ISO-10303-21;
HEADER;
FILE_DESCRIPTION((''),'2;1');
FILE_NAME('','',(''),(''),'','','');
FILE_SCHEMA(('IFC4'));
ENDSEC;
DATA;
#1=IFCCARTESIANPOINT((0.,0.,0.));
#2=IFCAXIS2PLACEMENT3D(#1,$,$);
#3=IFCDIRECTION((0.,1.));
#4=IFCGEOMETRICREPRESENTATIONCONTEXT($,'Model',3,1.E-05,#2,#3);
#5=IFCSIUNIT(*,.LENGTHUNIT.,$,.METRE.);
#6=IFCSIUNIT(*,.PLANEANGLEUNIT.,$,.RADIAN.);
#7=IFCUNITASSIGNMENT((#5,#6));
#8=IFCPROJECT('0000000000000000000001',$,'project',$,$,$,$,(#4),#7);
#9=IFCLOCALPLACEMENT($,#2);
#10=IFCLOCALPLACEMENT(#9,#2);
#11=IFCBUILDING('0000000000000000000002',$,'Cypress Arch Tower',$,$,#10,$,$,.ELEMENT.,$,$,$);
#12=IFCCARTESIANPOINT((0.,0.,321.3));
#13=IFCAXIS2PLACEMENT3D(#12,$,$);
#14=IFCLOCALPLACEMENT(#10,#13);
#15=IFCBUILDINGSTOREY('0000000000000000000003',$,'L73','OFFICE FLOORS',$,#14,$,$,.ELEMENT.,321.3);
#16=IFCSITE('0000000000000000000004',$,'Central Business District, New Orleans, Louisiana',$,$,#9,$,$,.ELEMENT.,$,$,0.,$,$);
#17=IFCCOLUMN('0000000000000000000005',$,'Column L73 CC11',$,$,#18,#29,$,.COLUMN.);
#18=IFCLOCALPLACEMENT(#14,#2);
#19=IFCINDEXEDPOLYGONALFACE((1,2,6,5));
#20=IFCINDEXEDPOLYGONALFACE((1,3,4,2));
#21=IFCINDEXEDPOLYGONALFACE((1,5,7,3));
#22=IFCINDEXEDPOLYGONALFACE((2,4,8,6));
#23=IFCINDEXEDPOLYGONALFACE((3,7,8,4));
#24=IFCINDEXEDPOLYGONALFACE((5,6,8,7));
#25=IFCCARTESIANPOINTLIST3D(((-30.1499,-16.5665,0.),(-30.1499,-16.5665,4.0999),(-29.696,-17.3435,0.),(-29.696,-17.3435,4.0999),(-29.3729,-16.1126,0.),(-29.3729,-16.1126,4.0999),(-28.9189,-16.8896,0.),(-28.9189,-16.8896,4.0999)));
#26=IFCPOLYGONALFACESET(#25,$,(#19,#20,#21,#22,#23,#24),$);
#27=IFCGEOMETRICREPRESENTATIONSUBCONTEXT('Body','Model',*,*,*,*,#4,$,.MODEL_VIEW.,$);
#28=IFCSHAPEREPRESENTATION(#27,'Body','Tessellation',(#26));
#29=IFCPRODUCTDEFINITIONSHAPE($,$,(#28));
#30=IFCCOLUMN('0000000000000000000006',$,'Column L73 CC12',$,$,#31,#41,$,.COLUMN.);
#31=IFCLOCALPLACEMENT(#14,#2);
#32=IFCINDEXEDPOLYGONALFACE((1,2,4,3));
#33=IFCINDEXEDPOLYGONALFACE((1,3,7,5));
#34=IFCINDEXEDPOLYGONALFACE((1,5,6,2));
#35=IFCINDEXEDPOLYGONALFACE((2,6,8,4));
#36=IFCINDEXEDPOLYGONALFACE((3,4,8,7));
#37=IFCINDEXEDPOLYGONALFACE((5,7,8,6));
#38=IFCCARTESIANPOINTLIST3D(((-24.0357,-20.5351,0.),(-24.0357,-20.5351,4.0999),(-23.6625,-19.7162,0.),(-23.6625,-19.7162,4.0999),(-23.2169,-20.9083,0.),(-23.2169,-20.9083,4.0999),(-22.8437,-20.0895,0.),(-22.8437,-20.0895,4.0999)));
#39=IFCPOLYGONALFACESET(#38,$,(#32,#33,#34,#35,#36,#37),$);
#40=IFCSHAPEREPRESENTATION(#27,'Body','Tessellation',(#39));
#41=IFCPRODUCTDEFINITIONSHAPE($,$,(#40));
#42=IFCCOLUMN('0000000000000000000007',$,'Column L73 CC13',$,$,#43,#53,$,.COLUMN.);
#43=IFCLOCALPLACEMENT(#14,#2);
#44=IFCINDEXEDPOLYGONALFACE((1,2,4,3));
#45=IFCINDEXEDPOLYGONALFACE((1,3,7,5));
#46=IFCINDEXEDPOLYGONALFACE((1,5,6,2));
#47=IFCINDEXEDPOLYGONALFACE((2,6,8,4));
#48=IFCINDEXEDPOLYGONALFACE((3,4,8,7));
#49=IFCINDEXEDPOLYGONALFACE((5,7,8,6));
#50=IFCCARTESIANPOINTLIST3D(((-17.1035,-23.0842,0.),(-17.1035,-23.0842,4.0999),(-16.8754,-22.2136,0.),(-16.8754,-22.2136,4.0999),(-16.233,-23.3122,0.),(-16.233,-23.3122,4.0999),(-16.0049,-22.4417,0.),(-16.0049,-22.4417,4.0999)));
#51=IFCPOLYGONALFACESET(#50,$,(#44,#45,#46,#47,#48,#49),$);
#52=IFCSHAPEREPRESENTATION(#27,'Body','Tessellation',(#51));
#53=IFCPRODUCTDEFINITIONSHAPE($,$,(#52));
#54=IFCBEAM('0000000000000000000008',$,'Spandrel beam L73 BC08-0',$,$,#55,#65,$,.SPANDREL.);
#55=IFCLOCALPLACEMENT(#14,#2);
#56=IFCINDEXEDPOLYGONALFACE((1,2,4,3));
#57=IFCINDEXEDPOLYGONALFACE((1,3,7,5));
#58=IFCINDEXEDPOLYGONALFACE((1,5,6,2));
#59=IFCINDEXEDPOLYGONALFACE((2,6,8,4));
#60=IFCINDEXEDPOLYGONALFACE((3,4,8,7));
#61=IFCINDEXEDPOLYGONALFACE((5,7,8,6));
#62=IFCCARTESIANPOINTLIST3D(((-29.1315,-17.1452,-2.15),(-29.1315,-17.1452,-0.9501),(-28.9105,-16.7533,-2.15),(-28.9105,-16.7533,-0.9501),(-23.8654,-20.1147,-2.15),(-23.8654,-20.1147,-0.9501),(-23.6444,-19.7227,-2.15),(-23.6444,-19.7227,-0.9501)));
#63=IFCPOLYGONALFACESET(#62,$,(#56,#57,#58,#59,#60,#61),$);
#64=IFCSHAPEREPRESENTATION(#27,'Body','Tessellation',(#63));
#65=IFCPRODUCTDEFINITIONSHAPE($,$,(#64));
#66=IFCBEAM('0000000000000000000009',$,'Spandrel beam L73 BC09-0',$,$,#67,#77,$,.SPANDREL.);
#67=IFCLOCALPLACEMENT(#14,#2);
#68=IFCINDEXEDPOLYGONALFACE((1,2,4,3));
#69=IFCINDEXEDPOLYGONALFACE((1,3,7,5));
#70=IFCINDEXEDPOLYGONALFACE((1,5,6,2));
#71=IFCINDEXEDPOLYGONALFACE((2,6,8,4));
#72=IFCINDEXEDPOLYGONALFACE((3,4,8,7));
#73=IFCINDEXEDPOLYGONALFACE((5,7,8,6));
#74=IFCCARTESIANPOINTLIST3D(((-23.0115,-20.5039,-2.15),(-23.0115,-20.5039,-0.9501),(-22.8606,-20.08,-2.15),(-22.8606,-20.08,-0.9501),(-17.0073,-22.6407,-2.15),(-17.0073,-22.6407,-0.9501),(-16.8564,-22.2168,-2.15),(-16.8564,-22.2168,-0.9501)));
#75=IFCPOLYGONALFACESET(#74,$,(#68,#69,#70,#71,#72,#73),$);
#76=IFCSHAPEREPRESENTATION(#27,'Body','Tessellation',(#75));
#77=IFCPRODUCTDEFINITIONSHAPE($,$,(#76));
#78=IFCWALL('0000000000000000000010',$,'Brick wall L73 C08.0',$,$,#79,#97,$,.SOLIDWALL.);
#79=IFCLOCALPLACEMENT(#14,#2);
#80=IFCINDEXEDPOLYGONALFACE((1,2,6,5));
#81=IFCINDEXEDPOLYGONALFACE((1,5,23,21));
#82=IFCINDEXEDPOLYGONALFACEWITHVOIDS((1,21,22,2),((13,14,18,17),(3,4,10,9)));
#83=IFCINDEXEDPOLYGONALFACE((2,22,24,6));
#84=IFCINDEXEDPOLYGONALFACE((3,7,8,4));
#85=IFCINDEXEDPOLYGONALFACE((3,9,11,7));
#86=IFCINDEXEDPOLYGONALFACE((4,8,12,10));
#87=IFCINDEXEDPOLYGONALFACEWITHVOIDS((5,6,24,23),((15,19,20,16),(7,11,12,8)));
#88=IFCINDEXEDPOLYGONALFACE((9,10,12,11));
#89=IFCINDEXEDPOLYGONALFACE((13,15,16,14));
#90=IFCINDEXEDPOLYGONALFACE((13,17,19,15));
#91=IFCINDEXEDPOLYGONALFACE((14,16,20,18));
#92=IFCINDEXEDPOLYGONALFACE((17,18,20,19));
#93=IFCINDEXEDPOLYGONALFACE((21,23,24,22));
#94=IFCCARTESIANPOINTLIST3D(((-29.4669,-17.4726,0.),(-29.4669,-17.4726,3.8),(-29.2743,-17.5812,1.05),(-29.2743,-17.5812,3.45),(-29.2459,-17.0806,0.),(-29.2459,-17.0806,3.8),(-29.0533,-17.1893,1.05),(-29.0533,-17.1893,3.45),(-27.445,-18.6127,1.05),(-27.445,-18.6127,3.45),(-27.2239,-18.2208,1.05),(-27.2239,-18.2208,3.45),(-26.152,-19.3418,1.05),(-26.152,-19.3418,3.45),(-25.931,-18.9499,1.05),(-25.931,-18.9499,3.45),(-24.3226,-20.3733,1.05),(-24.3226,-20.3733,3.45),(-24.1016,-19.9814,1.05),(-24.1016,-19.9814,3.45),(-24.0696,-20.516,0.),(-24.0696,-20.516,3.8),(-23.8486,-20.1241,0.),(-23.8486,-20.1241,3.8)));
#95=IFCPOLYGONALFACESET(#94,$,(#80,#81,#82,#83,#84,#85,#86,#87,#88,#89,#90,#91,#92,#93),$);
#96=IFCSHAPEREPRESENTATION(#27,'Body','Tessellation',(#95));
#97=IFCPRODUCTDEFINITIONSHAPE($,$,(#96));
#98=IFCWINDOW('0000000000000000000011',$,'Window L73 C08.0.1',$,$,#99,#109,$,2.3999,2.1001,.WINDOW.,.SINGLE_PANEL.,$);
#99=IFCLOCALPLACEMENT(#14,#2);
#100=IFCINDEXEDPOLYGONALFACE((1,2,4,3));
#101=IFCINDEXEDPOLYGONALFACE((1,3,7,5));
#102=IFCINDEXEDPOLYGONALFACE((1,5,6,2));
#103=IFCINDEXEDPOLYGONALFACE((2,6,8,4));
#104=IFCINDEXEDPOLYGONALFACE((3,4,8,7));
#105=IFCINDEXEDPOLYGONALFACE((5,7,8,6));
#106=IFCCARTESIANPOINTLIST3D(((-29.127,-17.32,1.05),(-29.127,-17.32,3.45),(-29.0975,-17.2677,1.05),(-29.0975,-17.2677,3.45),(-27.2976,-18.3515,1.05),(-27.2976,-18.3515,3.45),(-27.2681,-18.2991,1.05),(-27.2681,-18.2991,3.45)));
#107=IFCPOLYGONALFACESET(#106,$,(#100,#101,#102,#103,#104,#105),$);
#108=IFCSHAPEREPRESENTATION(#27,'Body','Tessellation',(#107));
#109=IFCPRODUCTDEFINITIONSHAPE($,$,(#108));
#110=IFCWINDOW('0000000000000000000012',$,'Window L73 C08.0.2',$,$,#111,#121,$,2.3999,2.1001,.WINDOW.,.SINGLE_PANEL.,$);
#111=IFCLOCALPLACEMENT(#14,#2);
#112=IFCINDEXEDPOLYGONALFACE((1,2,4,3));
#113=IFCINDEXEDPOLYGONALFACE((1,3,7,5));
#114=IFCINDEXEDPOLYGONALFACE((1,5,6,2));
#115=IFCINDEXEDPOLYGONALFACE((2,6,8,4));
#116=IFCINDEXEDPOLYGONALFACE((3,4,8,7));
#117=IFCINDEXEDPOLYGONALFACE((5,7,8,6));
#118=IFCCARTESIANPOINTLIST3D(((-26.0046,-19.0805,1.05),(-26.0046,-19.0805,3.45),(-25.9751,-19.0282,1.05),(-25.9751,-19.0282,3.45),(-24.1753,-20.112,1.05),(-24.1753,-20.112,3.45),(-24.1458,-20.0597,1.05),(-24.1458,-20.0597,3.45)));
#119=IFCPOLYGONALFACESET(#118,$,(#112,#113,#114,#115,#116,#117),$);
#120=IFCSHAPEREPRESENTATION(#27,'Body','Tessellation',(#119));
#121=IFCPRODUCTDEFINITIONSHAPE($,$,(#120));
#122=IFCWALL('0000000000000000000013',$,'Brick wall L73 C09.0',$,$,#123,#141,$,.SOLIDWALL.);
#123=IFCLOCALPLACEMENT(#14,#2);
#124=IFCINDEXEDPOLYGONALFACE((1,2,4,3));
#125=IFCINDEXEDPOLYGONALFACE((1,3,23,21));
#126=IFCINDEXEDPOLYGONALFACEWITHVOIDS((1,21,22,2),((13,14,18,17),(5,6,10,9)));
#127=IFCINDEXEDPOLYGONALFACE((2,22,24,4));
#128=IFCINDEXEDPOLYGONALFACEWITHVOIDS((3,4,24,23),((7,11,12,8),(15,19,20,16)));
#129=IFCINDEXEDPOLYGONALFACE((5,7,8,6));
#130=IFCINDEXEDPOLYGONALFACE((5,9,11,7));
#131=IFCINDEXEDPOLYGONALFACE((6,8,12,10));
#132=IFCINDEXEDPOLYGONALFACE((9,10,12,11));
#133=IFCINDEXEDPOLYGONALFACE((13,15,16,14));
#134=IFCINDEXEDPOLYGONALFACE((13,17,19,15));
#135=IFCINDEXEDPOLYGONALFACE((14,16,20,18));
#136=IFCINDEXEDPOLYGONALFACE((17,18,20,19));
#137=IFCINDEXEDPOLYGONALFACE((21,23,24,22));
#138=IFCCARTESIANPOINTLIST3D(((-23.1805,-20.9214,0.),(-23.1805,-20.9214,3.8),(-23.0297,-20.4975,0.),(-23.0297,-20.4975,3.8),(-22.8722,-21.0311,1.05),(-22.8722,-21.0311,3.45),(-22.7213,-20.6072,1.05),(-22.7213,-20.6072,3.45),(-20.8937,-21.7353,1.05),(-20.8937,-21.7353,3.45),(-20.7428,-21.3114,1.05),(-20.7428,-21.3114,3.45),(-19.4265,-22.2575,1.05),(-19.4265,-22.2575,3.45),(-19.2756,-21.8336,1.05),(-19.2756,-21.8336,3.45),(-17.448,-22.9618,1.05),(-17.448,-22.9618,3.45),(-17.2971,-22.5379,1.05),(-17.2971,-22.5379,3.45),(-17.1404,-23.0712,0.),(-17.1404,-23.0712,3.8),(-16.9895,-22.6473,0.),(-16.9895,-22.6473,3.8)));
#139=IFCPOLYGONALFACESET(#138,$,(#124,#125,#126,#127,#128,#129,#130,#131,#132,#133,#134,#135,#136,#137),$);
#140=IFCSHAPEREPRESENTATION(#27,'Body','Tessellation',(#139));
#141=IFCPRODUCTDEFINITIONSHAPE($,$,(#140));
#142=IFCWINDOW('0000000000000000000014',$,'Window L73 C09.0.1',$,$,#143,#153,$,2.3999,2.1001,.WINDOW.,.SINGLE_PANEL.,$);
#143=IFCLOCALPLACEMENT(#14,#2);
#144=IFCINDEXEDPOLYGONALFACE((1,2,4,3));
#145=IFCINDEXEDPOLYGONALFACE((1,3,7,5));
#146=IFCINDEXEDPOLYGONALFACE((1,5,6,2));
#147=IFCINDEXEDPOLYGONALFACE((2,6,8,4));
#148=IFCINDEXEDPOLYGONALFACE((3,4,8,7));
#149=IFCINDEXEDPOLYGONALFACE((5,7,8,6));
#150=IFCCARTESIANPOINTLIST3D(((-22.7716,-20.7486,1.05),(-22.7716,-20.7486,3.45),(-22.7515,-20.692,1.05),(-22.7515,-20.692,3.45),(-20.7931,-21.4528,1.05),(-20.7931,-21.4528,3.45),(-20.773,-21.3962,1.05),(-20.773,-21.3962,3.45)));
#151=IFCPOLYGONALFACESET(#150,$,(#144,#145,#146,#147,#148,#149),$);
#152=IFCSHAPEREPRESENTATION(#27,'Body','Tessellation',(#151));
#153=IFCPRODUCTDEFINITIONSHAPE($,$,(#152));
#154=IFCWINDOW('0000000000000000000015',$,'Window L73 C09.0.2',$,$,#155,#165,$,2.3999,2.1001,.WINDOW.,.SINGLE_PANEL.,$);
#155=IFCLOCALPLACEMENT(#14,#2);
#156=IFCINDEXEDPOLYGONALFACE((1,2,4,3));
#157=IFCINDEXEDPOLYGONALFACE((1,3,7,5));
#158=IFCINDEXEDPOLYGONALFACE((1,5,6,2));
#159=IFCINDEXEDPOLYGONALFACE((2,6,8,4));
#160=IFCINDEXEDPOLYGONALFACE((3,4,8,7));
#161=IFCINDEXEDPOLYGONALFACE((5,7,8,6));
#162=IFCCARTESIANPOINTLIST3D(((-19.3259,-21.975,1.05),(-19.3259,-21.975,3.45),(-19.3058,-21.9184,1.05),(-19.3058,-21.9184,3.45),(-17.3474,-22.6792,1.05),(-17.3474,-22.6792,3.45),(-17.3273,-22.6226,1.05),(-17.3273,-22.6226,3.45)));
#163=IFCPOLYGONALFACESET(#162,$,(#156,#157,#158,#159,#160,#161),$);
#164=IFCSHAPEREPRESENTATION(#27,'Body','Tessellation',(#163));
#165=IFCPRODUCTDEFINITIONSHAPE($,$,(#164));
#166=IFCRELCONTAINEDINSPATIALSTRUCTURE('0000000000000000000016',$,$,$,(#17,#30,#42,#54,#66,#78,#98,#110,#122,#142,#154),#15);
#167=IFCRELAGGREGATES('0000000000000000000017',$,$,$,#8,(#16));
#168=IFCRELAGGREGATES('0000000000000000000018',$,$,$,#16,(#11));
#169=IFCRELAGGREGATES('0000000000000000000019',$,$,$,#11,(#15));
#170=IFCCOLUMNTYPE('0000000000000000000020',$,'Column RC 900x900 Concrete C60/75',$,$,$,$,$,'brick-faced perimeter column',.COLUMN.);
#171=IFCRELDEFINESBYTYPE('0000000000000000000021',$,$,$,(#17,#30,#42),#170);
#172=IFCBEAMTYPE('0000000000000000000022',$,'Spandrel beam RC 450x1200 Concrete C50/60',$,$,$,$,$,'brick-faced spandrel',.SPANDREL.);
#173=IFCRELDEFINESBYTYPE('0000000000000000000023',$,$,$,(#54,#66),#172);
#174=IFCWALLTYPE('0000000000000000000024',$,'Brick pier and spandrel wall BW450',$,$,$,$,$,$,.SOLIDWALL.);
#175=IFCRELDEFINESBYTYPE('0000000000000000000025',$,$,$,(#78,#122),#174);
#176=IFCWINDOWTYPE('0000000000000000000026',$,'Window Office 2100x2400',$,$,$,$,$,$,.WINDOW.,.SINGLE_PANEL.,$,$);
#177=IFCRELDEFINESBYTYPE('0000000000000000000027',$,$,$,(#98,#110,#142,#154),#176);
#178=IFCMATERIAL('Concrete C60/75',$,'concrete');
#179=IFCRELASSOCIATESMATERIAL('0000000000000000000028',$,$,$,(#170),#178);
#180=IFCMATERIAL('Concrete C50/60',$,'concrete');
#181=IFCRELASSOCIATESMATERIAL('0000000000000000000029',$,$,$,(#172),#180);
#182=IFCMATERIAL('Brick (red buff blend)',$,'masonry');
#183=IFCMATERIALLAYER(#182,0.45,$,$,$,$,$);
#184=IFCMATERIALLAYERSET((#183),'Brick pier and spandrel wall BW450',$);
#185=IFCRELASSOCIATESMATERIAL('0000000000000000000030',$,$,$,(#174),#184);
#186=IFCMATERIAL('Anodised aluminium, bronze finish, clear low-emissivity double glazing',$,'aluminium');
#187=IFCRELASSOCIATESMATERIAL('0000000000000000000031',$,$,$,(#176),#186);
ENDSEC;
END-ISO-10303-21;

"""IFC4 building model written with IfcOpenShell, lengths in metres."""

from ifc_helpers import new_model, si_unit, direction, frame, frame_2d, origin, origin_2d, place, context, subcontext, project, spatial, rectangle, extrude, material, layer, layer_set, material_profile, profile_set, type_object, element, fill, save


model = new_model("IFC4")

# Units and contexts
model_context = context("Model", 3, precision=1e-05, world=origin(), true_north=direction((0.0, 1.0)))
body_context = subcontext(model_context, "Body", "Model", "MODEL_VIEW")
ifc_project = project(units=[si_unit("LENGTHUNIT", "METRE"), si_unit("PLANEANGLEUNIT", "RADIAN")], contexts=[model_context])

# Site, building, storey
site_placement = place(None, origin())
site = spatial("IfcSite", under=ifc_project, at=site_placement, Name="Central Business District, New Orleans, Louisiana", CompositionType="ELEMENT", RefElevation=0.0)
building_placement = place(site_placement, origin())
building = spatial("IfcBuilding", under=site, at=building_placement, Name="Cypress Arch Tower", CompositionType="ELEMENT")
storey_placement = place(building_placement, frame((0.0, 0.0, 321.3)))
storey = spatial("IfcBuildingStorey", under=building, at=storey_placement, Name="L73", Description="OFFICE FLOORS", CompositionType="ELEMENT", Elevation=321.3)

# Columns
ifc_material_1 = material(Name="Concrete C60/75", Category="concrete")
ifc_material_profile_1 = material_profile(ifc_material_1, rectangle(XDim=0.8999, YDim=0.8999, at=origin_2d()), Name="RC 900x900")
ifc_profile_set_1 = profile_set([ifc_material_profile_1], Name="Concrete C60/75")
column_type = type_object("IfcColumnType", Name="Column RC 900x900 Concrete C60/75", ElementType="brick-faced perimeter column", PredefinedType="COLUMN", material=ifc_profile_set_1)
for number, where, z_axis, x_axis, name in (
    (1, (-29.5344, -16.728, 0.0), (0.0, 0.0, 1.0), (0.504399, -0.863471, 0.0), "Column L73 CC11"),
    (2, (-23.4397, -20.3123, 0.0), (0.0, 0.0, 1.0), (0.909932, -0.414757, 0.0), "Column L73 CC12"),
    (3, (-16.5542, -22.7629, 0.0), (0.0, 0.0, 1.0), (0.967356, -0.253422, 0.0), "Column L73 CC13"),
):
    element("IfcColumn", number, at=place(storey_placement, frame(where, z_axis=z_axis, x_axis=x_axis)), inside=storey, type_object=column_type, Name=name, PredefinedType="COLUMN", context=body_context, shape_type="SweptSolid", body=[
        extrude(rectangle(XDim=0.8999, YDim=0.8999, at=origin_2d()), origin(), (0.0, 0.0, 1.0), 4.0999),
    ])

# Beams
ifc_material_2 = material(Name="Concrete C50/60", Category="concrete")
ifc_material_profile_2 = material_profile(ifc_material_2, rectangle(XDim=0.45, YDim=1.2, at=origin_2d()), Name="RC 450x1200")
ifc_profile_set_2 = profile_set([ifc_material_profile_2], Name="Concrete C50/60")
beam_type = type_object("IfcBeamType", Name="Spandrel beam RC 450x1200 Concrete C50/60", ElementType="brick-faced spandrel", PredefinedType="SPANDREL", material=ifc_profile_set_2)
beam_1_placement = place(storey_placement, frame((-29.021, -16.9492, -1.55), z_axis=(0.87106, -0.491177, 0.0), x_axis=(0.491177, 0.87106, 0.0)))
element("IfcBeam", 4, at=beam_1_placement, inside=storey, type_object=beam_type, Name="Spandrel beam L73 BC08-0", PredefinedType="SPANDREL", context=body_context, shape_type="SweptSolid", body=[
    extrude(rectangle(XDim=0.45, YDim=1.2, at=origin_2d()), origin(), (0.0, 0.0, 1.0), 6.0457),
])
beam_2_placement = place(storey_placement, frame((-22.936, -20.292, -1.55), z_axis=(0.94212, -0.335276, 0.0), x_axis=(0.335276, 0.94212, 0.0)))
element("IfcBeam", 5, at=beam_2_placement, inside=storey, type_object=beam_type, Name="Spandrel beam L73 BC09-0", PredefinedType="SPANDREL", context=body_context, shape_type="SweptSolid", body=[
    extrude(rectangle(XDim=0.45, YDim=1.2, at=origin_2d()), origin(), (0.0, 0.0, 1.0), 6.373),
])

# Walls, openings, windows
ifc_material_3 = material(Name="Brick (red buff blend)", Category="masonry")
ifc_layer_1 = layer(ifc_material_3, 0.45)
ifc_layer_set_1 = layer_set([ifc_layer_1], Name="Brick pier and spandrel wall BW450")
wall_type_1 = type_object("IfcWallType", Name="Brick pier and spandrel wall BW450", PredefinedType="SOLIDWALL", material=ifc_layer_set_1)
wall_1_placement = place(storey_placement, frame((-29.3564, -17.2766, 0.0), z_axis=(0.0, 0.0, 1.0), x_axis=(0.871066, -0.491166, 0.0)))
wall_1 = element("IfcWall", 6, at=wall_1_placement, inside=storey, type_object=wall_type_1, Name="Brick wall L73 C08.0", PredefinedType="SOLIDWALL", context=body_context, shape_type="SweptSolid", body=[
    extrude(rectangle(XDim=6.1963, YDim=0.45, at=frame_2d((3.0981, 0.0))), origin(), (0.0, 0.0, 1.0), 3.8),
])
opening_1_placement = place(wall_1_placement, frame((0.2212, 0.0, 1.05)))
opening_1 = element("IfcOpeningElement", 7, at=opening_1_placement, cuts=wall_1, PredefinedType="OPENING", context=body_context, shape_type="SweptSolid", body=[
    extrude(rectangle(XDim=2.1001, YDim=2.3999, at=frame_2d((1.05, 1.2))), frame((0.0, 0.2349, 0.0), z_axis=(0.0, -1.0, 0.0), x_axis=(1.0, 0.0, 0.0)), (0.0, 0.0, 1.0), 0.47),
])
opening_2_placement = place(wall_1_placement, frame((3.8057, 0.0, 1.05)))
opening_2 = element("IfcOpeningElement", 8, at=opening_2_placement, cuts=wall_1, PredefinedType="OPENING", context=body_context, shape_type="SweptSolid", body=[
    extrude(rectangle(XDim=2.1001, YDim=2.3999, at=frame_2d((1.05, 1.2))), frame((0.0, 0.2349, 0.0), z_axis=(0.0, -1.0, 0.0), x_axis=(1.0, 0.0, 0.0)), (0.0, 0.0, 1.0), 0.47),
])
ifc_material_4 = material(Name="Anodised aluminium, bronze finish, clear low-emissivity double glazing", Category="aluminium")
window_type = type_object("IfcWindowType", Name="Window Office 2100x2400", PartitioningType="SINGLE_PANEL", PredefinedType="WINDOW", material=ifc_material_4)
window_1_placement = place(opening_1_placement, origin())
window_1 = element("IfcWindow", 9, at=window_1_placement, inside=storey, type_object=window_type, Name="Window L73 C08.0.1", OverallHeight=2.3999, OverallWidth=2.1001, PartitioningType="SINGLE_PANEL", PredefinedType="WINDOW", context=body_context, shape_type="SweptSolid", body=[
    extrude(rectangle(XDim=2.1001, YDim=2.3999, at=frame_2d((1.05, 1.2))), frame((0.0, 0.135, 0.0), z_axis=(0.0, -1.0, 0.0), x_axis=(1.0, 0.0, 0.0)), (0.0, 0.0, 1.0), 0.0601),
])
fill(opening_1, window_1)
window_2_placement = place(opening_2_placement, origin())
window_2 = element("IfcWindow", 10, at=window_2_placement, inside=storey, type_object=window_type, Name="Window L73 C08.0.2", OverallHeight=2.3999, OverallWidth=2.1001, PartitioningType="SINGLE_PANEL", PredefinedType="WINDOW", context=body_context, shape_type="SweptSolid", body=[
    extrude(rectangle(XDim=2.1001, YDim=2.3999, at=frame_2d((1.05, 1.2))), frame((0.0, 0.135, 0.0), z_axis=(0.0, -1.0, 0.0), x_axis=(1.0, 0.0, 0.0)), (0.0, 0.0, 1.0), 0.0601),
])
fill(opening_2, window_2)
wall_2_placement = place(storey_placement, frame((-23.105, -20.7095, 0.0), z_axis=(0.0, 0.0, 1.0), x_axis=(0.942104, -0.335321, 0.0)))
wall_2 = element("IfcWall", 11, at=wall_2_placement, inside=storey, type_object=wall_type_1, Name="Brick wall L73 C09.0", PredefinedType="SOLIDWALL", context=body_context, shape_type="SweptSolid", body=[
    extrude(rectangle(XDim=6.4114, YDim=0.45, at=frame_2d((3.2056, 0.0))), origin(), (0.0, 0.0, 1.0), 3.8),
])
opening_3_placement = place(wall_2_placement, frame((0.3271, 0.0, 1.05)))
opening_3 = element("IfcOpeningElement", 12, at=opening_3_placement, cuts=wall_2, PredefinedType="OPENING", context=body_context, shape_type="SweptSolid", body=[
    extrude(rectangle(XDim=2.1001, YDim=2.3999, at=frame_2d((1.05, 1.2))), frame((0.0, 0.2349, 0.0), z_axis=(0.0, -1.0, 0.0), x_axis=(1.0, 0.0, 0.0)), (0.0, 0.0, 1.0), 0.47),
])
opening_4_placement = place(wall_2_placement, frame((3.9846, 0.0, 1.05)))
opening_4 = element("IfcOpeningElement", 13, at=opening_4_placement, cuts=wall_2, PredefinedType="OPENING", context=body_context, shape_type="SweptSolid", body=[
    extrude(rectangle(XDim=2.1001, YDim=2.3999, at=frame_2d((1.05, 1.2))), frame((0.0, 0.2349, 0.0), z_axis=(0.0, -1.0, 0.0), x_axis=(1.0, 0.0, 0.0)), (0.0, 0.0, 1.0), 0.47),
])
window_3_placement = place(opening_3_placement, origin())
window_3 = element("IfcWindow", 14, at=window_3_placement, inside=storey, type_object=window_type, Name="Window L73 C09.0.1", OverallHeight=2.3999, OverallWidth=2.1001, PartitioningType="SINGLE_PANEL", PredefinedType="WINDOW", context=body_context, shape_type="SweptSolid", body=[
    extrude(rectangle(XDim=2.1001, YDim=2.3999, at=frame_2d((1.05, 1.2))), frame((0.0, 0.135, 0.0), z_axis=(0.0, -1.0, 0.0), x_axis=(1.0, 0.0, 0.0)), (0.0, 0.0, 1.0), 0.0601),
])
fill(opening_3, window_3)
window_4_placement = place(opening_4_placement, origin())
window_4 = element("IfcWindow", 15, at=window_4_placement, inside=storey, type_object=window_type, Name="Window L73 C09.0.2", OverallHeight=2.3999, OverallWidth=2.1001, PartitioningType="SINGLE_PANEL", PredefinedType="WINDOW", context=body_context, shape_type="SweptSolid", body=[
    extrude(rectangle(XDim=2.1001, YDim=2.3999, at=frame_2d((1.05, 1.2))), frame((0.0, 0.135, 0.0), z_axis=(0.0, -1.0, 0.0), x_axis=(1.0, 0.0, 0.0)), (0.0, 0.0, 1.0), 0.0601),
])
fill(opening_4, window_4)

save(model, "model.ifc")
